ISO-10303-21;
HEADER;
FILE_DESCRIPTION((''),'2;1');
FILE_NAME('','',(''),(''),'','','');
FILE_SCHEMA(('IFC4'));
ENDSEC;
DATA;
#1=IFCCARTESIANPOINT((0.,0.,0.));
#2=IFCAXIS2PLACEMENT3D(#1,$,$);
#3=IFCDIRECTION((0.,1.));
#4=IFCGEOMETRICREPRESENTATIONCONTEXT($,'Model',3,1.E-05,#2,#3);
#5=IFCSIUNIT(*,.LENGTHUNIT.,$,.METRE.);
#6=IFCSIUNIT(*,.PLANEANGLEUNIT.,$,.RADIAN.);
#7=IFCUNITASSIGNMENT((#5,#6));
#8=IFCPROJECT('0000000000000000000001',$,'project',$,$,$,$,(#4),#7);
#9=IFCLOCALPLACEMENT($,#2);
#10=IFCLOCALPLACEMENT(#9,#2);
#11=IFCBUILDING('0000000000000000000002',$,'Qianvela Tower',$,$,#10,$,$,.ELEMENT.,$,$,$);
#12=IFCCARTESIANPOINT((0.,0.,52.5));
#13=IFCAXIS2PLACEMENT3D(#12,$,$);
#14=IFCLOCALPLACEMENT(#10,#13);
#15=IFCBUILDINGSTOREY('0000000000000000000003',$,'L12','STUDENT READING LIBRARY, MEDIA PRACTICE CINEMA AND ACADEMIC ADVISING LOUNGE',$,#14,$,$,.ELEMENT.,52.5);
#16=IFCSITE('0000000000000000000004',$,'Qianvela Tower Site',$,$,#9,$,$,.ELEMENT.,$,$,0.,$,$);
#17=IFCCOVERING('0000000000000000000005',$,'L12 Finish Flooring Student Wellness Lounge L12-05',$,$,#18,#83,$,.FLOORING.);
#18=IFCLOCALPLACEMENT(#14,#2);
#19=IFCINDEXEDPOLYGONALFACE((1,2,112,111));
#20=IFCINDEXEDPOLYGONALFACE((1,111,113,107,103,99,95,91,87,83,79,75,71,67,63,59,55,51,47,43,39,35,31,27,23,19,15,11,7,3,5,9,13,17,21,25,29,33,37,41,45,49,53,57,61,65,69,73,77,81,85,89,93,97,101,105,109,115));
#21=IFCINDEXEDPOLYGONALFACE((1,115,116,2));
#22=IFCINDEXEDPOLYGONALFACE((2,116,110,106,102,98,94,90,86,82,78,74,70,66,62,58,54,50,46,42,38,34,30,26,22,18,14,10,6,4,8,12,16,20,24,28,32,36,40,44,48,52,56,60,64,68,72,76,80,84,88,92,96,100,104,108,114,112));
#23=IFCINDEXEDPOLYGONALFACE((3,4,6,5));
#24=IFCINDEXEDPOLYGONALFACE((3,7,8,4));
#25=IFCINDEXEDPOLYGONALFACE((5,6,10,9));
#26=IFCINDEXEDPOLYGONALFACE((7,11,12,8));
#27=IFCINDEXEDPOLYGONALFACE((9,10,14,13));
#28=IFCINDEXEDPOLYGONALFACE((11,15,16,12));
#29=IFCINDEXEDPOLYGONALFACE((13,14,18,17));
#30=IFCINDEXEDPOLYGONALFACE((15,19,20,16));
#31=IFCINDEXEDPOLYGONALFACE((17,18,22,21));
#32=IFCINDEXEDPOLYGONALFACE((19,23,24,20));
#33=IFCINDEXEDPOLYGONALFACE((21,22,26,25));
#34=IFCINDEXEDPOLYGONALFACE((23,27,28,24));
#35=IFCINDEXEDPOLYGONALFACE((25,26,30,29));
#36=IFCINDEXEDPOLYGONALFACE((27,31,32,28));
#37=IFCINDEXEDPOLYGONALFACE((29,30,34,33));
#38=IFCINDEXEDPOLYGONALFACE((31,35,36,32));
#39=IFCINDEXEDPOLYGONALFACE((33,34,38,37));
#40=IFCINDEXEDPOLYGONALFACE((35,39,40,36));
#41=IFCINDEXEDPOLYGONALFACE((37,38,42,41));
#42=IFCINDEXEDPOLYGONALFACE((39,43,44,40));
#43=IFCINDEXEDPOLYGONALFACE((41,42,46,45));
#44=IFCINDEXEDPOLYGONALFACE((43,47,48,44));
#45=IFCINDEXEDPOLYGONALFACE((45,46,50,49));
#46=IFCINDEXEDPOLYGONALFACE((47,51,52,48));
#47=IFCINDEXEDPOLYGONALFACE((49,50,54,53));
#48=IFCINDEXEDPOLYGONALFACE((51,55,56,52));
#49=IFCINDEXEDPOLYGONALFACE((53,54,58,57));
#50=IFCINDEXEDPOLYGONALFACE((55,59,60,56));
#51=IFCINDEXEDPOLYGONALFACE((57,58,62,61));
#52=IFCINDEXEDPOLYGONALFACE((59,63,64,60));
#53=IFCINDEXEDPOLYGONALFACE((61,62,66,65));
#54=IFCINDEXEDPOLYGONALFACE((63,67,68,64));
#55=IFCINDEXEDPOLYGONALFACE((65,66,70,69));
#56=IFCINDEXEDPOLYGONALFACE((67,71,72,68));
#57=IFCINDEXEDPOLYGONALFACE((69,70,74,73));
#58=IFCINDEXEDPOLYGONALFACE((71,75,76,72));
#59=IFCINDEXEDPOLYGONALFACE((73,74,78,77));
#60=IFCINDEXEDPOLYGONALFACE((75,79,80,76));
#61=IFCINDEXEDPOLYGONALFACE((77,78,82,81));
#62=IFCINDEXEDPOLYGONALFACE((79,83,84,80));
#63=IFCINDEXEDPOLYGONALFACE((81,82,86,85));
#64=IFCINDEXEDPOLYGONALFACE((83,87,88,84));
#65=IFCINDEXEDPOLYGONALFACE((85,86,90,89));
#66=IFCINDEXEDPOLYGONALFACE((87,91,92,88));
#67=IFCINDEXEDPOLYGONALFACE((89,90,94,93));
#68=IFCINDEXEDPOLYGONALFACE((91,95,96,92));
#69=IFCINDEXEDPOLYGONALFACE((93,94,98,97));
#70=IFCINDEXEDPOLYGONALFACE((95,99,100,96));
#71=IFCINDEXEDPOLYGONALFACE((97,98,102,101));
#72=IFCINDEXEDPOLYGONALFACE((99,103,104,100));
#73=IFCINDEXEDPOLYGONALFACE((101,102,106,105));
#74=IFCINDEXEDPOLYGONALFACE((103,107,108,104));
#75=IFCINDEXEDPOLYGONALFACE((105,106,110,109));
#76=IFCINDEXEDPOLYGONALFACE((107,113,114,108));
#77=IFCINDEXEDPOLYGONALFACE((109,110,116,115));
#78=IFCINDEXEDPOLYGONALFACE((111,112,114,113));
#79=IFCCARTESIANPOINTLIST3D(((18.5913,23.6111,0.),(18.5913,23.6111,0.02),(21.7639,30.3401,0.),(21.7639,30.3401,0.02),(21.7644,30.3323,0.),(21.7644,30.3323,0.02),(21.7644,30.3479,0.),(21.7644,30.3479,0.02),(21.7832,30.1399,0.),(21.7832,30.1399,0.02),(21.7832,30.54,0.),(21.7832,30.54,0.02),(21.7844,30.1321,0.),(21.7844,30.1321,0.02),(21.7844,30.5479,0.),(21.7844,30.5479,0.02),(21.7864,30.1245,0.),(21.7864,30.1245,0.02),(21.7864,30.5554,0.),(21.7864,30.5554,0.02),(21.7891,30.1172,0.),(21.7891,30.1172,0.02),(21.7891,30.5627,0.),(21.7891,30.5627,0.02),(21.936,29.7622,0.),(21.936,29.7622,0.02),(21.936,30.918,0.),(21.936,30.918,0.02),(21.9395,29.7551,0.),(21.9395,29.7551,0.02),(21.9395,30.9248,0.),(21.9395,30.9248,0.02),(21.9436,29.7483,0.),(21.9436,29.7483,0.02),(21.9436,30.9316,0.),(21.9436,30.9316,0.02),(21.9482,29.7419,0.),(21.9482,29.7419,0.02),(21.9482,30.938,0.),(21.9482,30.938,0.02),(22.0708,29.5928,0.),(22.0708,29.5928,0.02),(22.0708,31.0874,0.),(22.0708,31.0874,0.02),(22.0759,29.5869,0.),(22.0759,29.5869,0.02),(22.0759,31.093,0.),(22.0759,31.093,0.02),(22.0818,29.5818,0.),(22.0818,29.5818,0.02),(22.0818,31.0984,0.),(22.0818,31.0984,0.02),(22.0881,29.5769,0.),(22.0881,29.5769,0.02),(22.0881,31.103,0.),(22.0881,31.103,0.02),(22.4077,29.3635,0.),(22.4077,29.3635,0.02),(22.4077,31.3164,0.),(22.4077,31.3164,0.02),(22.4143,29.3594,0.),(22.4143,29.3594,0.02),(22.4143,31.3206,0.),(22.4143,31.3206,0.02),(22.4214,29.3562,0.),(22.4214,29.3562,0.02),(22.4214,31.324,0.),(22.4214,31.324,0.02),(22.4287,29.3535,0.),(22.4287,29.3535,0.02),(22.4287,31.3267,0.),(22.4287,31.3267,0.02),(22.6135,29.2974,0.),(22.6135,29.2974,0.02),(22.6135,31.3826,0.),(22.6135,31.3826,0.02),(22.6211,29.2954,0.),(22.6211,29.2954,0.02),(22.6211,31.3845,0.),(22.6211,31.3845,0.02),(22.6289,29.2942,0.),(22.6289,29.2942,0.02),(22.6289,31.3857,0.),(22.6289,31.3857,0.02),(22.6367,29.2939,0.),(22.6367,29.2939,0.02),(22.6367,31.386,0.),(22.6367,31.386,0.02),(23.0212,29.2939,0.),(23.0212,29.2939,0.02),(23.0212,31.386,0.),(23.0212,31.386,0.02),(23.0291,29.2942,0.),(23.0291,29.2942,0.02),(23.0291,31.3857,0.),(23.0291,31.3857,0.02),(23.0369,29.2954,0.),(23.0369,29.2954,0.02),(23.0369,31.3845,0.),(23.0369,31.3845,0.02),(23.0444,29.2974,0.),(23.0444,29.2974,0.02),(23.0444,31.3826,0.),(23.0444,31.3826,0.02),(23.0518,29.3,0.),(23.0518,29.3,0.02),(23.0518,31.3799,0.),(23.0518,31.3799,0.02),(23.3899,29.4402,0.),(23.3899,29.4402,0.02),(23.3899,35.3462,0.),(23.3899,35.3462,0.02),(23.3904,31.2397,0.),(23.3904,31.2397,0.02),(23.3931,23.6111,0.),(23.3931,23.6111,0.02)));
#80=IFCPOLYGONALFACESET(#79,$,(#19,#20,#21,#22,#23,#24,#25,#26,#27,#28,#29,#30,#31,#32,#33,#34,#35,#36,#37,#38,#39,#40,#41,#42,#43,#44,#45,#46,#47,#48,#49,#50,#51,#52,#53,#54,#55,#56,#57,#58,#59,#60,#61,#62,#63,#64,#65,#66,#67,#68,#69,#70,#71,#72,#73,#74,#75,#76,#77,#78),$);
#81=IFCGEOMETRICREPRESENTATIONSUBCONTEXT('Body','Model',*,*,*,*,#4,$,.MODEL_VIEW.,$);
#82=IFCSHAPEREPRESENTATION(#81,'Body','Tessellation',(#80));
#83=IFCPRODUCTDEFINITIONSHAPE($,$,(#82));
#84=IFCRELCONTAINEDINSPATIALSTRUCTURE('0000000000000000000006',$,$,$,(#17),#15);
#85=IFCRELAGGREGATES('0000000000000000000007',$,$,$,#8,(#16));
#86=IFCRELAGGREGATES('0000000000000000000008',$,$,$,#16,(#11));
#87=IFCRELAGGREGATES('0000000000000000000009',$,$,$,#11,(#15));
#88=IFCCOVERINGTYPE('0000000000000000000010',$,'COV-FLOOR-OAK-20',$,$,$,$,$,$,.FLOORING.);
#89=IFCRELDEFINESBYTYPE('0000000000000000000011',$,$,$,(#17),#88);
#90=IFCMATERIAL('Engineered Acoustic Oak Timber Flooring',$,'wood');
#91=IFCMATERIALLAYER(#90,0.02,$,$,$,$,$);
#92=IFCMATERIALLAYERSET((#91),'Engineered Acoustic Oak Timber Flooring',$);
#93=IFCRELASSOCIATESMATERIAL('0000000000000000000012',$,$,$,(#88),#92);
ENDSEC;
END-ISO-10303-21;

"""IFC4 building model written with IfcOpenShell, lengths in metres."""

from ifc_helpers import new_model, si_unit, direction, frame, origin, place, context, subcontext, project, spatial, polyline, outline, extrude, material, layer, layer_set, type_object, element, save


model = new_model("IFC4")

# Units and contexts
model_context = context("Model", 3, precision=1e-05, world=origin(), true_north=direction((0.0, 1.0)))
body_context = subcontext(model_context, "Body", "Model", "MODEL_VIEW")
ifc_project = project(units=[si_unit("LENGTHUNIT", "METRE"), si_unit("PLANEANGLEUNIT", "RADIAN")], contexts=[model_context])

# Site, building, storey
site_placement = place(None, origin())
site = spatial("IfcSite", under=ifc_project, at=site_placement, Name="Qianvela Tower Site", CompositionType="ELEMENT", RefElevation=0.0)
building_placement = place(site_placement, origin())
building = spatial("IfcBuilding", under=site, at=building_placement, Name="Qianvela Tower", CompositionType="ELEMENT")
storey_placement = place(building_placement, frame((0.0, 0.0, 52.5)))
storey = spatial("IfcBuildingStorey", under=building, at=storey_placement, Name="L12", Description="STUDENT READING LIBRARY, MEDIA PRACTICE CINEMA AND ACADEMIC ADVISING LOUNGE", CompositionType="ELEMENT", Elevation=52.5)

# Covering
ifc_material_1 = material(Name="Engineered Acoustic Oak Timber Flooring", Category="wood")
ifc_layer_1 = layer(ifc_material_1, 0.02)
ifc_layer_set_1 = layer_set([ifc_layer_1], Name="Engineered Acoustic Oak Timber Flooring")
covering_type_1 = type_object("IfcCoveringType", Name="COV-FLOOR-OAK-20", PredefinedType="FLOORING", material=ifc_layer_set_1)
covering_1_placement = place(storey_placement, origin())
element("IfcCovering", 1, at=covering_1_placement, inside=storey, type_object=covering_type_1, Name="L12 Finish Flooring Student Wellness Lounge L12-05", PredefinedType="FLOORING", context=body_context, shape_type="SweptSolid", body=[
    extrude(outline(polyline([(23.3899, 29.4402), (23.3931, 23.6111), (18.5913, 23.6111), (23.3899, 35.3462), (23.3904, 31.2397), (23.0518, 31.3799), (23.0444, 31.3826), (23.0369, 31.3845), (23.0291, 31.3857), (23.0212, 31.386), (22.6367, 31.386), (22.6289, 31.3857), (22.6211, 31.3845), (22.6135, 31.3826), (22.4287, 31.3267), (22.4214, 31.324), (22.4143, 31.3206), (22.4077, 31.3164), (22.0881, 31.103), (22.0818, 31.0984), (22.0759, 31.093), (22.0708, 31.0874), (21.9482, 30.938), (21.9436, 30.9316), (21.9395, 30.9248), (21.936, 30.918), (21.7891, 30.5627), (21.7864, 30.5554), (21.7844, 30.5479), (21.7832, 30.54), (21.7644, 30.3479), (21.7639, 30.3401), (21.7644, 30.3323), (21.7832, 30.1399), (21.7844, 30.1321), (21.7864, 30.1245), (21.7891, 30.1172), (21.936, 29.7622), (21.9395, 29.7551), (21.9436, 29.7483), (21.9482, 29.7419), (22.0708, 29.5928), (22.0759, 29.5869), (22.0818, 29.5818), (22.0881, 29.5769), (22.4077, 29.3635), (22.4143, 29.3594), (22.4214, 29.3562), (22.4287, 29.3535), (22.6135, 29.2974), (22.6211, 29.2954), (22.6289, 29.2942), (22.6367, 29.2939), (23.0212, 29.2939), (23.0291, 29.2942), (23.0369, 29.2954), (23.0444, 29.2974), (23.0518, 29.3), (23.3899, 29.4402)])), origin(), (0.0, 0.0, 1.0), 0.02),
])

save(model, "model.ifc")
